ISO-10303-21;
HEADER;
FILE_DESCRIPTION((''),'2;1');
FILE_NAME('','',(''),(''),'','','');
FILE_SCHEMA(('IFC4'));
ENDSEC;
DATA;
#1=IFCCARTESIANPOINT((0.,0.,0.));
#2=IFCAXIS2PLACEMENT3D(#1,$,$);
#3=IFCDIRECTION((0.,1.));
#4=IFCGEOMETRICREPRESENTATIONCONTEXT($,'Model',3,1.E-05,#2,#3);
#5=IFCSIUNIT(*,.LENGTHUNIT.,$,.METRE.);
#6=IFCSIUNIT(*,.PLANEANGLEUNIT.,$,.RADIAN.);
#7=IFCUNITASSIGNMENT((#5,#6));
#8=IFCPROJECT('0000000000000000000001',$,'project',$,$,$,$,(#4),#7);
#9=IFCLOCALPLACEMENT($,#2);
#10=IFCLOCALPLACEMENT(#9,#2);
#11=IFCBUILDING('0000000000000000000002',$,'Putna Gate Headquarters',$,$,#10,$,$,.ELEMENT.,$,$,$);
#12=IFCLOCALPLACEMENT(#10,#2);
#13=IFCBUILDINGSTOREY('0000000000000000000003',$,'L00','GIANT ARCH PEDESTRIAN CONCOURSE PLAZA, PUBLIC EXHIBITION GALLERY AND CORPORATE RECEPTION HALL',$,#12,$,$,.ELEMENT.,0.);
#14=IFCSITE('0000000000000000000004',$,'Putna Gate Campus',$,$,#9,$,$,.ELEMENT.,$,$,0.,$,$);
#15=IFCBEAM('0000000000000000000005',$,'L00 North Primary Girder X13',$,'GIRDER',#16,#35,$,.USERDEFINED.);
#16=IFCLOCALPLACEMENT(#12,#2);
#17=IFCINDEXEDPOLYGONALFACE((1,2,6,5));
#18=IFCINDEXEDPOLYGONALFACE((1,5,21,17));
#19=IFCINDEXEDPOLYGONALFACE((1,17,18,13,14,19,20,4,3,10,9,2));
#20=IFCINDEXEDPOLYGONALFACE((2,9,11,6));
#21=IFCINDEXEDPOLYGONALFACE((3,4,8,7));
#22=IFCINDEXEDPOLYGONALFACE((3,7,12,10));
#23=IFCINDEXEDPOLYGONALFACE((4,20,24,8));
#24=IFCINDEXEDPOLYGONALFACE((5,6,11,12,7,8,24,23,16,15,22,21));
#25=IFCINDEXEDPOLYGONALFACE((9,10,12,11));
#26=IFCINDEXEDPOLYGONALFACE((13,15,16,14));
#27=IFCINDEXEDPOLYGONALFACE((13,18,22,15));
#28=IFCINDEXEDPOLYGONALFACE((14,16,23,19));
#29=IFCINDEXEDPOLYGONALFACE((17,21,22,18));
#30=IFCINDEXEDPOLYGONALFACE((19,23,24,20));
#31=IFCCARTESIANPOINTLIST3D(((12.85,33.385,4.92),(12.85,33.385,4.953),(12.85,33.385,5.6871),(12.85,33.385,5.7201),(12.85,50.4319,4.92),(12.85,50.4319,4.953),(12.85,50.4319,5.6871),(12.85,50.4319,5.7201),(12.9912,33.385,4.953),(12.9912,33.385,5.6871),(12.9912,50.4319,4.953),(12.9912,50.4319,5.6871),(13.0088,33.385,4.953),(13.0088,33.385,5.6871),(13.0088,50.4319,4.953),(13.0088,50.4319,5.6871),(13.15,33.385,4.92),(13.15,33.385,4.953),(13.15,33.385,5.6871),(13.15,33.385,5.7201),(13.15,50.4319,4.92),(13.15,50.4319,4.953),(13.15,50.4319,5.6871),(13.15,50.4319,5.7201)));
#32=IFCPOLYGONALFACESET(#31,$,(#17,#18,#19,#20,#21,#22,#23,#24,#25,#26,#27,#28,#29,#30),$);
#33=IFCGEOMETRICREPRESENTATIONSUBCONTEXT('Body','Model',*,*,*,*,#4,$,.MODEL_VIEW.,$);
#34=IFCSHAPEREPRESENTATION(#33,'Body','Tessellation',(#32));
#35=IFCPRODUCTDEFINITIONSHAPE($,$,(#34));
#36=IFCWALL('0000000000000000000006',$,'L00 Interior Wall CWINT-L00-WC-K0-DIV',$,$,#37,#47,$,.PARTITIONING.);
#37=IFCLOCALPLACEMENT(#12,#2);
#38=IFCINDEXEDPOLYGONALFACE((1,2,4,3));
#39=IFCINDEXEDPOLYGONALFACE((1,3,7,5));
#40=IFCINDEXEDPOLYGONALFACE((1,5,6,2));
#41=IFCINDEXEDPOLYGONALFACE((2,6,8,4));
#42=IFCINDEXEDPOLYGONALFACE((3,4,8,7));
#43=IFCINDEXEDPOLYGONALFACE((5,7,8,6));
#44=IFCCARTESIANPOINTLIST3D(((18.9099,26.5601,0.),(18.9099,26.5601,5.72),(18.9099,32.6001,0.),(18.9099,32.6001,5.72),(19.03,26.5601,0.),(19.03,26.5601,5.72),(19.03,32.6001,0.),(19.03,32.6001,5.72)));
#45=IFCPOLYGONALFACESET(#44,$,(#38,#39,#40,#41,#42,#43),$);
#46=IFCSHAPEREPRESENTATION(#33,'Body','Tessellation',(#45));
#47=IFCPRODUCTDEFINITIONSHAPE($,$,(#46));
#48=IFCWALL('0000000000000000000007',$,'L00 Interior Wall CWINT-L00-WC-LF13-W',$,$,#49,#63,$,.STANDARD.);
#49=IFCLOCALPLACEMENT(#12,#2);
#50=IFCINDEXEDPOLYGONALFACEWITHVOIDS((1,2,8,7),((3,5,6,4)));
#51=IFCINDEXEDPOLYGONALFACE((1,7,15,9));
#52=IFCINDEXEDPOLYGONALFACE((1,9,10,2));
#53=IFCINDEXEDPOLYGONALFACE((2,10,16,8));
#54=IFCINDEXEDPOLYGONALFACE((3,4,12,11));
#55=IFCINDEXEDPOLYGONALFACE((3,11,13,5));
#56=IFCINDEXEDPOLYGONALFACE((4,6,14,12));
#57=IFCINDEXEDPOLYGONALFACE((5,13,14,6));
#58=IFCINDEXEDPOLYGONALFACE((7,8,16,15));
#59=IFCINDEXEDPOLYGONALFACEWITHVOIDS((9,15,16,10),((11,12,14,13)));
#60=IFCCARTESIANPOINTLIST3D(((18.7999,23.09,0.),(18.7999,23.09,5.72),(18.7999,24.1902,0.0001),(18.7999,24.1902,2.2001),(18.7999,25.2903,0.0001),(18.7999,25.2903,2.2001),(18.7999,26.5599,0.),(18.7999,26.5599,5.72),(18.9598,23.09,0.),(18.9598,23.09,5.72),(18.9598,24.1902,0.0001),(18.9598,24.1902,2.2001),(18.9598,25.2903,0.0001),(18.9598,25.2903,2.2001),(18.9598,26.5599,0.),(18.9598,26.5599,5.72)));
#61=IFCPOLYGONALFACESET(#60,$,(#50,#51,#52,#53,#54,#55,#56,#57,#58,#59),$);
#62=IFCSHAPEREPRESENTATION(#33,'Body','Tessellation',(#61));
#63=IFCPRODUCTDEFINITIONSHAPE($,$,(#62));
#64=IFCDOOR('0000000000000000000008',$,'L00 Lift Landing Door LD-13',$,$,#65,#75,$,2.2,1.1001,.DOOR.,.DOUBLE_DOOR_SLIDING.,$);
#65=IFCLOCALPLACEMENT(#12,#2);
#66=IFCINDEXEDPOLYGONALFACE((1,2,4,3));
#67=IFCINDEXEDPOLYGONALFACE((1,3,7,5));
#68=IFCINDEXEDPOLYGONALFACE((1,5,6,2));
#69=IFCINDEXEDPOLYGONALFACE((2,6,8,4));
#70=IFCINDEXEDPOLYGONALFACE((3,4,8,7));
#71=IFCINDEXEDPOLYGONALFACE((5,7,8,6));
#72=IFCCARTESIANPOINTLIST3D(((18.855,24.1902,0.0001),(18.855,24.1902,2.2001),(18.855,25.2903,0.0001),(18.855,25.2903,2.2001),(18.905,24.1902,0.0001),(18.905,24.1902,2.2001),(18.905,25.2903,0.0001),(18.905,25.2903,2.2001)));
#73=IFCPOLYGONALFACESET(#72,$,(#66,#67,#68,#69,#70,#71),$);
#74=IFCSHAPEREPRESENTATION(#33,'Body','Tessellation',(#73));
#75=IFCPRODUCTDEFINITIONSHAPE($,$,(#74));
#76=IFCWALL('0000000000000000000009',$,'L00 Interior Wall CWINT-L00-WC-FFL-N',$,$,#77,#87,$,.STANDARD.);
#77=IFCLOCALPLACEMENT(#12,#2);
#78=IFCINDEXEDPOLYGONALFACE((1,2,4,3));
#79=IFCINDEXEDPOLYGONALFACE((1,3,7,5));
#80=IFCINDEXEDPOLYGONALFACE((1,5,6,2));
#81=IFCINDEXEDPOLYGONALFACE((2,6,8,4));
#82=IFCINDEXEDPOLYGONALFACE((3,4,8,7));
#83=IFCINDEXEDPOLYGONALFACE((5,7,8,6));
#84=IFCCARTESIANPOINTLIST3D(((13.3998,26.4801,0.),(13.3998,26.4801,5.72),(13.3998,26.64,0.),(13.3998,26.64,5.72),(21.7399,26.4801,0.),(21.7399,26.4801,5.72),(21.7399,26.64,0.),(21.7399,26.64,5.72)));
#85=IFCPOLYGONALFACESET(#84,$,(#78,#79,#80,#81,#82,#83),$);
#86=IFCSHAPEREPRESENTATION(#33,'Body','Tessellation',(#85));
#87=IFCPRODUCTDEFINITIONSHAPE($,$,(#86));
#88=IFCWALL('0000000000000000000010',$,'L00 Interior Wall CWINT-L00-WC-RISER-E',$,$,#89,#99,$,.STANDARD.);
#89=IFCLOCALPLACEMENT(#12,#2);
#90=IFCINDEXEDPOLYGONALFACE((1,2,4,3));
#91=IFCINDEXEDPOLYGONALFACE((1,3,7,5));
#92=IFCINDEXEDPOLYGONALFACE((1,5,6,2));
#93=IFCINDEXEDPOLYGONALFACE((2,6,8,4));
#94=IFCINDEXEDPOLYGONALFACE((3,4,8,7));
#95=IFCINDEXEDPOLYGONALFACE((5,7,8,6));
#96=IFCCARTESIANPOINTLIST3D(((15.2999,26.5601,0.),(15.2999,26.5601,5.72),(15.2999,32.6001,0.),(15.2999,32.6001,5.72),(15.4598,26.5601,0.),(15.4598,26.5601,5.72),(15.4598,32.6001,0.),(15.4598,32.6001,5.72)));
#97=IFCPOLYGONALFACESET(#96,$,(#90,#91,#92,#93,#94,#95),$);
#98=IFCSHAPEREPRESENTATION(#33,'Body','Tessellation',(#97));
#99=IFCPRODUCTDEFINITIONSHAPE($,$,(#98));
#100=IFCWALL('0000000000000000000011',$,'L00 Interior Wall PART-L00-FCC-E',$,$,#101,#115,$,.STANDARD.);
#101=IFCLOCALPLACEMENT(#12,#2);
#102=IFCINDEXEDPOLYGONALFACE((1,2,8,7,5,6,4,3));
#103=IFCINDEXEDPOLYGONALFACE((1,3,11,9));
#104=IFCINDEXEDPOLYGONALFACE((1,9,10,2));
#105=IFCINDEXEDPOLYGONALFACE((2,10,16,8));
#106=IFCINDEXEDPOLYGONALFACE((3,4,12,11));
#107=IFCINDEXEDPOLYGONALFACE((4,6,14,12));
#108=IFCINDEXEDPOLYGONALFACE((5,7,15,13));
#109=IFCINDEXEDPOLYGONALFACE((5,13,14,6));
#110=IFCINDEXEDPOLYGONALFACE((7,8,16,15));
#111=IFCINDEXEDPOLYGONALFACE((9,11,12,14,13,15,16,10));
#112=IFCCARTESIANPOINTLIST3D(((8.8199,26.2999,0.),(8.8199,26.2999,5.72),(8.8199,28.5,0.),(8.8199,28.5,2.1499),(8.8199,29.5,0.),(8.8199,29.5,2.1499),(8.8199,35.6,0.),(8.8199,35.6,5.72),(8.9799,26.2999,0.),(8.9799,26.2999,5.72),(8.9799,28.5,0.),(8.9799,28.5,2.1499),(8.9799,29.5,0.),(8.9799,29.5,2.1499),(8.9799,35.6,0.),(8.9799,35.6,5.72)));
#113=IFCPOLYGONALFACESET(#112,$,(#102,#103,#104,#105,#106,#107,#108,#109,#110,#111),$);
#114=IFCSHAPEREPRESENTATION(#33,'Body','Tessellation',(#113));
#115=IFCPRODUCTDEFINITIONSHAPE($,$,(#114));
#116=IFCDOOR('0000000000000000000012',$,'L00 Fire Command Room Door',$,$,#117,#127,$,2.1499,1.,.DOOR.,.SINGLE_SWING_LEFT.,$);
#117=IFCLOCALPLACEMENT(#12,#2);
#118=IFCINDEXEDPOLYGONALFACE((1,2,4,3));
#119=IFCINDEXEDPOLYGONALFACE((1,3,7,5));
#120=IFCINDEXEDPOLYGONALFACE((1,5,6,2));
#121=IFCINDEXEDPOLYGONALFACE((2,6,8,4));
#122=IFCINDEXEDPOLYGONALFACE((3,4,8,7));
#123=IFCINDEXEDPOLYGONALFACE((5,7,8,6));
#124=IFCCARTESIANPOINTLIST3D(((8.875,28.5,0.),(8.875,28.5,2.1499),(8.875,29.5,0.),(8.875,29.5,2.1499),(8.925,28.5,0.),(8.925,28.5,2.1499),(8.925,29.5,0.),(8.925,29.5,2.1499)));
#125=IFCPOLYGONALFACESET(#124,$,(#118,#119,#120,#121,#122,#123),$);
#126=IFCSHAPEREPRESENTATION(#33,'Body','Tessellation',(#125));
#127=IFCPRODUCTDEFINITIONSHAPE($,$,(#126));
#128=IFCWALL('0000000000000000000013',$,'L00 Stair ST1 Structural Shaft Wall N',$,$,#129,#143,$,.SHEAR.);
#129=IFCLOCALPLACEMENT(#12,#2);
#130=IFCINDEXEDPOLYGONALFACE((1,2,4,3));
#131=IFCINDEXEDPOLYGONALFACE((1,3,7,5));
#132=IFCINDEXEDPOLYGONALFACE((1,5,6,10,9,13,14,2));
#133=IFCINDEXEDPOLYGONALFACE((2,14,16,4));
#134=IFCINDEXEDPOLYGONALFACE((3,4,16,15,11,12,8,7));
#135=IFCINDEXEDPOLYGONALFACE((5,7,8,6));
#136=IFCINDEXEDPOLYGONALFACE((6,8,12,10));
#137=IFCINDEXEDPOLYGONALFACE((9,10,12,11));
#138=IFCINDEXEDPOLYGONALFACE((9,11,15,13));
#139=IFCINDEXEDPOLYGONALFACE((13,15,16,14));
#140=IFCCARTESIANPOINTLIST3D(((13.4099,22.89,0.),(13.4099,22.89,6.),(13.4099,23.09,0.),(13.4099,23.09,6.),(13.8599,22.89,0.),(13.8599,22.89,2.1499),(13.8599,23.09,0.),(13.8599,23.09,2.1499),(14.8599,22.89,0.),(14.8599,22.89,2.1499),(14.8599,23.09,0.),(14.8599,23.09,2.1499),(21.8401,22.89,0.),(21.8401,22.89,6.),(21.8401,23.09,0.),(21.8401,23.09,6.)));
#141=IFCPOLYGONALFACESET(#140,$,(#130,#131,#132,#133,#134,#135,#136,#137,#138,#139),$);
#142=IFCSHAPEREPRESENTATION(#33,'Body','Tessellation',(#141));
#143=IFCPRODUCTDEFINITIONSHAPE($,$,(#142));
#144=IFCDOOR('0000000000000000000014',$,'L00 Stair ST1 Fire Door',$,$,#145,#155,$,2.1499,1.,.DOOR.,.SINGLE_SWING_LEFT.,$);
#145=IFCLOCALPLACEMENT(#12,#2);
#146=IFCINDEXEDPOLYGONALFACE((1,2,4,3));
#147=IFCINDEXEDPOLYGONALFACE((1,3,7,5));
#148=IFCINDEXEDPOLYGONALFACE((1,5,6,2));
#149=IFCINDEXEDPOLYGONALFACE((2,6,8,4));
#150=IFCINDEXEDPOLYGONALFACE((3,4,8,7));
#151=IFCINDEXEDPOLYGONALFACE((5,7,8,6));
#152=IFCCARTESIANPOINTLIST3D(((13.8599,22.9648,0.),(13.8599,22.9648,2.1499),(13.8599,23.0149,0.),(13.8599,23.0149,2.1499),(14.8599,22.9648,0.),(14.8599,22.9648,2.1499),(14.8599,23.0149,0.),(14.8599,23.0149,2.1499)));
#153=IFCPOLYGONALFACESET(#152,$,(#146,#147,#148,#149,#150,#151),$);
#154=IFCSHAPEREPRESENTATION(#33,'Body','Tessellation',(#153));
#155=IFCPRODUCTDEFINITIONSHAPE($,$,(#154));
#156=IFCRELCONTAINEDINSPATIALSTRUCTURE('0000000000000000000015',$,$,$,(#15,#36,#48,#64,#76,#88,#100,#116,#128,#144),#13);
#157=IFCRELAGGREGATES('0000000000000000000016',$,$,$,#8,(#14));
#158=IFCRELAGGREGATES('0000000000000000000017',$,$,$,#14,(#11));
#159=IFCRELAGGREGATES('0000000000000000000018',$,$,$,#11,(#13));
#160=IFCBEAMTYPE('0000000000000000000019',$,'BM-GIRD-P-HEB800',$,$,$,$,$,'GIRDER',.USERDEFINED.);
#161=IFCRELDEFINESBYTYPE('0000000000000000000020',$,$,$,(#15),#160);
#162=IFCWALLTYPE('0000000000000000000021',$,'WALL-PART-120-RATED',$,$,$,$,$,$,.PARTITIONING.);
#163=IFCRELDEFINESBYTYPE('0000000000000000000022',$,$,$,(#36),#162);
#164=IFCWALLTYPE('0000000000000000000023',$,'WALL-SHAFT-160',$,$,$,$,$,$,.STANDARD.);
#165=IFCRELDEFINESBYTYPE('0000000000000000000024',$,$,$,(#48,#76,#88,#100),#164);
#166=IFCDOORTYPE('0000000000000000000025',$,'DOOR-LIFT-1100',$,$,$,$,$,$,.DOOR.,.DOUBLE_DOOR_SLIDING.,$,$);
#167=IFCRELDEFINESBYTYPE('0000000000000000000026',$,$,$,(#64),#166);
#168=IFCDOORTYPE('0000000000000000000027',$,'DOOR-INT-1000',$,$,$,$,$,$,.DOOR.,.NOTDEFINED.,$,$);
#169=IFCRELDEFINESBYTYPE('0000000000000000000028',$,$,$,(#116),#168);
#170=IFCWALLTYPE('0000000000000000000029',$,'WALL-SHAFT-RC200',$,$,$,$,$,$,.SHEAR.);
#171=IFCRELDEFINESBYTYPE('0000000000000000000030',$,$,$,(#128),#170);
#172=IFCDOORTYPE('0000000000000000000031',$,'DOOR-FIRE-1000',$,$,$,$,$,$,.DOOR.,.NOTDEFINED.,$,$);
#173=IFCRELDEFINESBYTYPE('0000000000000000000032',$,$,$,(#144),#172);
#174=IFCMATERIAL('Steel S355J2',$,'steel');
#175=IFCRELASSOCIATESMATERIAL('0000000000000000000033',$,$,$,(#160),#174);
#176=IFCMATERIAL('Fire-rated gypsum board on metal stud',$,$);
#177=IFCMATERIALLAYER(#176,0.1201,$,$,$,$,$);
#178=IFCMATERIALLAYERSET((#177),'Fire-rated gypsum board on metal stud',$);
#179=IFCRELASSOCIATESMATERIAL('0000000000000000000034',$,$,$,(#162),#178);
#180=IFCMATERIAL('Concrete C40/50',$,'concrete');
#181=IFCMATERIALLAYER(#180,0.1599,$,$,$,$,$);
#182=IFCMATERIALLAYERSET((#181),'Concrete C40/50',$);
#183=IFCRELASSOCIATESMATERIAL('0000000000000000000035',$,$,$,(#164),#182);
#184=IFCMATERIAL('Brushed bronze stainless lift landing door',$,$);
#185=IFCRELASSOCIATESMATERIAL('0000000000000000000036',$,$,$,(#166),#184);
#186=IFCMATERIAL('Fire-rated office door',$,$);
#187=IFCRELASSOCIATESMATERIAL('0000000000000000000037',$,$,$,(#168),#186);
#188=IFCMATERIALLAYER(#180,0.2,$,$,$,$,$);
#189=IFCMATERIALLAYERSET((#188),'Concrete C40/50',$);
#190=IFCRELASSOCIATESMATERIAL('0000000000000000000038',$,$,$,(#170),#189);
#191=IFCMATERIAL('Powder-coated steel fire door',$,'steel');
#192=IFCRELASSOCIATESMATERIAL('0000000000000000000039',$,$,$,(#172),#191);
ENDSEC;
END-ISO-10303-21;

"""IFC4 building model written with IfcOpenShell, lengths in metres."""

from ifc_helpers import new_model, si_unit, direction, frame, frame_2d, origin, origin_2d, place, context, subcontext, project, spatial, rectangle, i_section, extrude, material, layer, layer_set, material_profile, profile_set, type_object, element, fill, save


model = new_model("IFC4")

# Units and contexts
model_context = context("Model", 3, precision=1e-05, world=origin(), true_north=direction((0.0, 1.0)))
body_context = subcontext(model_context, "Body", "Model", "MODEL_VIEW")
ifc_project = project(units=[si_unit("LENGTHUNIT", "METRE"), si_unit("PLANEANGLEUNIT", "RADIAN")], contexts=[model_context])

# Site, building, storey
site_placement = place(None, origin())
site = spatial("IfcSite", under=ifc_project, at=site_placement, Name="Putna Gate Campus", CompositionType="ELEMENT", RefElevation=0.0)
building_placement = place(site_placement, origin())
building = spatial("IfcBuilding", under=site, at=building_placement, Name="Putna Gate Headquarters", CompositionType="ELEMENT")
storey_placement = place(building_placement, origin())
storey = spatial("IfcBuildingStorey", under=building, at=storey_placement, Name="L00", Description="GIANT ARCH PEDESTRIAN CONCOURSE PLAZA, PUBLIC EXHIBITION GALLERY AND CORPORATE RECEPTION HALL", CompositionType="ELEMENT", Elevation=0.0)

# Beam
ifc_material_1 = material(Name="Steel S355J2", Category="steel")
ifc_material_profile = material_profile(ifc_material_1, i_section(OverallWidth=0.3, OverallDepth=0.8, WebThickness=0.0176, FlangeThickness=0.033, at=origin_2d()), Name="Steel S355J2")
ifc_profile_set = profile_set([ifc_material_profile], Name="Steel S355J2")
beam_type = type_object("IfcBeamType", Name="BM-GIRD-P-HEB800", ElementType="GIRDER", PredefinedType="USERDEFINED", material=ifc_profile_set)
beam_placement = place(storey_placement, frame((13.0, 33.385, 5.3201), z_axis=(0.0, 1.0, 0.0), x_axis=(-1.0, 0.0, 0.0)))
element("IfcBeam", 1, at=beam_placement, inside=storey, type_object=beam_type, Name="L00 North Primary Girder X13", ObjectType="GIRDER", PredefinedType="USERDEFINED", context=body_context, shape_type="SweptSolid", body=[
    extrude(i_section(OverallWidth=0.3, OverallDepth=0.8, WebThickness=0.0176, FlangeThickness=0.033, at=origin_2d()), origin(), (0.0, 0.0, 1.0), 17.0469),
])

# Wall
ifc_material_2 = material(Name="Fire-rated gypsum board on metal stud")
ifc_layer_1 = layer(ifc_material_2, 0.1201)
ifc_layer_set_1 = layer_set([ifc_layer_1], Name="Fire-rated gypsum board on metal stud")
wall_type_1 = type_object("IfcWallType", Name="WALL-PART-120-RATED", PredefinedType="PARTITIONING", material=ifc_layer_set_1)
wall_1_placement = place(storey_placement, frame((18.97, 26.5601, 0.0), z_axis=(0.0, 0.0, 1.0), x_axis=(0.0, 1.0, 0.0)))
element("IfcWall", 2, at=wall_1_placement, inside=storey, type_object=wall_type_1, Name="L00 Interior Wall CWINT-L00-WC-K0-DIV", PredefinedType="PARTITIONING", context=body_context, shape_type="SweptSolid", body=[
    extrude(rectangle(XDim=6.04, YDim=0.1201, at=frame_2d((3.02, 0.0))), origin(), (0.0, 0.0, 1.0), 5.72),
])

# Wall, opening, door
ifc_material_3 = material(Name="Concrete C40/50", Category="concrete")
ifc_layer_2 = layer(ifc_material_3, 0.1599)
ifc_layer_set_2 = layer_set([ifc_layer_2], Name="Concrete C40/50")
wall_type_2 = type_object("IfcWallType", Name="WALL-SHAFT-160", PredefinedType="STANDARD", material=ifc_layer_set_2)
wall_2_placement = place(storey_placement, frame((18.8799, 23.0901, 0.0), z_axis=(0.0, 0.0, 1.0), x_axis=(0.0, 1.0, 0.0)))
wall_2 = element("IfcWall", 3, at=wall_2_placement, inside=storey, type_object=wall_type_2, Name="L00 Interior Wall CWINT-L00-WC-LF13-W", PredefinedType="STANDARD", context=body_context, shape_type="SweptSolid", body=[
    extrude(rectangle(XDim=3.47, YDim=0.1599, at=frame_2d((1.7349, 0.0))), origin(), (0.0, 0.0, 1.0), 5.72),
])
opening_1_placement = place(wall_2_placement, frame((1.1001, 0.0, 0.0)))
opening_1 = element("IfcOpeningElement", 4, at=opening_1_placement, cuts=wall_2, PredefinedType="OPENING", context=body_context, shape_type="SweptSolid", body=[
    extrude(rectangle(XDim=1.1001, YDim=2.2, at=frame_2d((0.55, 1.1001))), frame((0.0, 0.0898, 0.0), z_axis=(0.0, -1.0, 0.0), x_axis=(1.0, 0.0, 0.0)), (0.0, 0.0, 1.0), 0.1799),
])
ifc_material_4 = material(Name="Brushed bronze stainless lift landing door")
door_type_1 = type_object("IfcDoorType", Name="DOOR-LIFT-1100", OperationType="DOUBLE_DOOR_SLIDING", PredefinedType="DOOR", material=ifc_material_4)
door_1_placement = place(opening_1_placement, origin())
door_1 = element("IfcDoor", 5, at=door_1_placement, inside=storey, type_object=door_type_1, Name="L00 Lift Landing Door LD-13", OperationType="DOUBLE_DOOR_SLIDING", OverallHeight=2.2, OverallWidth=1.1001, PredefinedType="DOOR", context=body_context, shape_type="SweptSolid", body=[
    extrude(rectangle(XDim=1.1001, YDim=2.2, at=frame_2d((0.55, 1.1001))), frame((0.0, 0.0249, 0.0), z_axis=(0.0, -1.0, 0.0), x_axis=(1.0, 0.0, 0.0)), (0.0, 0.0, 1.0), 0.05),
])
fill(opening_1, door_1)

# Walls
wall_3_placement = place(storey_placement, frame((13.3999, 26.5601, 0.0), z_axis=(0.0, 0.0, 1.0), x_axis=(1.0, 0.0, 0.0)))
element("IfcWall", 6, at=wall_3_placement, inside=storey, type_object=wall_type_2, Name="L00 Interior Wall CWINT-L00-WC-FFL-N", PredefinedType="STANDARD", context=body_context, shape_type="SweptSolid", body=[
    extrude(rectangle(XDim=8.3401, YDim=0.1599, at=frame_2d((4.1699, 0.0))), origin(), (0.0, 0.0, 1.0), 5.72),
])
wall_4_placement = place(storey_placement, frame((15.3799, 26.5601, 0.0), z_axis=(0.0, 0.0, 1.0), x_axis=(0.0, 1.0, 0.0)))
element("IfcWall", 7, at=wall_4_placement, inside=storey, type_object=wall_type_2, Name="L00 Interior Wall CWINT-L00-WC-RISER-E", PredefinedType="STANDARD", context=body_context, shape_type="SweptSolid", body=[
    extrude(rectangle(XDim=6.04, YDim=0.1599, at=frame_2d((3.02, 0.0))), origin(), (0.0, 0.0, 1.0), 5.72),
])

# Walls, openings, doors
wall_5_placement = place(storey_placement, frame((8.8999, 26.3, 0.0), z_axis=(0.0, 0.0, 1.0), x_axis=(0.0, 1.0, 0.0)))
wall_5 = element("IfcWall", 8, at=wall_5_placement, inside=storey, type_object=wall_type_2, Name="L00 Interior Wall PART-L00-FCC-E", PredefinedType="STANDARD", context=body_context, shape_type="SweptSolid", body=[
    extrude(rectangle(XDim=9.3, YDim=0.1599, at=frame_2d((4.6499, 0.0))), origin(), (0.0, 0.0, 1.0), 5.72),
])
opening_2_placement = place(wall_5_placement, frame((2.2, 0.0, 0.0)))
opening_2 = element("IfcOpeningElement", 9, at=opening_2_placement, cuts=wall_5, PredefinedType="OPENING", context=body_context, shape_type="SweptSolid", body=[
    extrude(rectangle(XDim=1.0, YDim=2.1499, at=frame_2d((0.5, 1.075))), frame((0.0, 0.0898, 0.0), z_axis=(0.0, -1.0, 0.0), x_axis=(1.0, 0.0, 0.0)), (0.0, 0.0, 1.0), 0.1799),
])
ifc_material_5 = material(Name="Fire-rated office door")
door_type_2 = type_object("IfcDoorType", Name="DOOR-INT-1000", OperationType="NOTDEFINED", PredefinedType="DOOR", material=ifc_material_5)
door_2_placement = place(opening_2_placement, origin())
door_2 = element("IfcDoor", 10, at=door_2_placement, inside=storey, type_object=door_type_2, Name="L00 Fire Command Room Door", OperationType="SINGLE_SWING_LEFT", OverallHeight=2.1499, OverallWidth=1.0, PredefinedType="DOOR", context=body_context, shape_type="SweptSolid", body=[
    extrude(rectangle(XDim=1.0, YDim=2.1499, at=frame_2d((0.5, 1.075))), frame((0.0, 0.0249, 0.0), z_axis=(0.0, -1.0, 0.0), x_axis=(1.0, 0.0, 0.0)), (0.0, 0.0, 1.0), 0.05),
])
fill(opening_2, door_2)
ifc_layer_3 = layer(ifc_material_3, 0.2)
ifc_layer_set_3 = layer_set([ifc_layer_3], Name="Concrete C40/50")
wall_type_3 = type_object("IfcWallType", Name="WALL-SHAFT-RC200", PredefinedType="SHEAR", material=ifc_layer_set_3)
wall_6_placement = place(storey_placement, frame((13.4099, 22.99, 0.0), z_axis=(0.0, 0.0, 1.0), x_axis=(1.0, 0.0, 0.0)))
wall_6 = element("IfcWall", 11, at=wall_6_placement, inside=storey, type_object=wall_type_3, Name="L00 Stair ST1 Structural Shaft Wall N", PredefinedType="SHEAR", context=body_context, shape_type="SweptSolid", body=[
    extrude(rectangle(XDim=8.4302, YDim=0.2, at=frame_2d((4.2151, 0.0))), origin(), (0.0, 0.0, 1.0), 6.0),
])
opening_3_placement = place(wall_6_placement, frame((0.45, 0.0, 0.0)))
opening_3 = element("IfcOpeningElement", 12, at=opening_3_placement, cuts=wall_6, PredefinedType="OPENING", context=body_context, shape_type="SweptSolid", body=[
    extrude(rectangle(XDim=1.0, YDim=2.1499, at=frame_2d((0.5, 1.075))), frame((0.0, 0.1099, 0.0), z_axis=(0.0, -1.0, 0.0), x_axis=(1.0, 0.0, 0.0)), (0.0, 0.0, 1.0), 0.22),
])
ifc_material_6 = material(Name="Powder-coated steel fire door", Category="steel")
door_type_3 = type_object("IfcDoorType", Name="DOOR-FIRE-1000", OperationType="NOTDEFINED", PredefinedType="DOOR", material=ifc_material_6)
door_3_placement = place(opening_3_placement, origin())
door_3 = element("IfcDoor", 13, at=door_3_placement, inside=storey, type_object=door_type_3, Name="L00 Stair ST1 Fire Door", OperationType="SINGLE_SWING_LEFT", OverallHeight=2.1499, OverallWidth=1.0, PredefinedType="DOOR", context=body_context, shape_type="SweptSolid", body=[
    extrude(rectangle(XDim=1.0, YDim=2.1499, at=frame_2d((0.5, 1.075))), frame((0.0, 0.0249, 0.0), z_axis=(0.0, -1.0, 0.0), x_axis=(1.0, 0.0, 0.0)), (0.0, 0.0, 1.0), 0.05),
])
fill(opening_3, door_3)

save(model, "model.ifc")
